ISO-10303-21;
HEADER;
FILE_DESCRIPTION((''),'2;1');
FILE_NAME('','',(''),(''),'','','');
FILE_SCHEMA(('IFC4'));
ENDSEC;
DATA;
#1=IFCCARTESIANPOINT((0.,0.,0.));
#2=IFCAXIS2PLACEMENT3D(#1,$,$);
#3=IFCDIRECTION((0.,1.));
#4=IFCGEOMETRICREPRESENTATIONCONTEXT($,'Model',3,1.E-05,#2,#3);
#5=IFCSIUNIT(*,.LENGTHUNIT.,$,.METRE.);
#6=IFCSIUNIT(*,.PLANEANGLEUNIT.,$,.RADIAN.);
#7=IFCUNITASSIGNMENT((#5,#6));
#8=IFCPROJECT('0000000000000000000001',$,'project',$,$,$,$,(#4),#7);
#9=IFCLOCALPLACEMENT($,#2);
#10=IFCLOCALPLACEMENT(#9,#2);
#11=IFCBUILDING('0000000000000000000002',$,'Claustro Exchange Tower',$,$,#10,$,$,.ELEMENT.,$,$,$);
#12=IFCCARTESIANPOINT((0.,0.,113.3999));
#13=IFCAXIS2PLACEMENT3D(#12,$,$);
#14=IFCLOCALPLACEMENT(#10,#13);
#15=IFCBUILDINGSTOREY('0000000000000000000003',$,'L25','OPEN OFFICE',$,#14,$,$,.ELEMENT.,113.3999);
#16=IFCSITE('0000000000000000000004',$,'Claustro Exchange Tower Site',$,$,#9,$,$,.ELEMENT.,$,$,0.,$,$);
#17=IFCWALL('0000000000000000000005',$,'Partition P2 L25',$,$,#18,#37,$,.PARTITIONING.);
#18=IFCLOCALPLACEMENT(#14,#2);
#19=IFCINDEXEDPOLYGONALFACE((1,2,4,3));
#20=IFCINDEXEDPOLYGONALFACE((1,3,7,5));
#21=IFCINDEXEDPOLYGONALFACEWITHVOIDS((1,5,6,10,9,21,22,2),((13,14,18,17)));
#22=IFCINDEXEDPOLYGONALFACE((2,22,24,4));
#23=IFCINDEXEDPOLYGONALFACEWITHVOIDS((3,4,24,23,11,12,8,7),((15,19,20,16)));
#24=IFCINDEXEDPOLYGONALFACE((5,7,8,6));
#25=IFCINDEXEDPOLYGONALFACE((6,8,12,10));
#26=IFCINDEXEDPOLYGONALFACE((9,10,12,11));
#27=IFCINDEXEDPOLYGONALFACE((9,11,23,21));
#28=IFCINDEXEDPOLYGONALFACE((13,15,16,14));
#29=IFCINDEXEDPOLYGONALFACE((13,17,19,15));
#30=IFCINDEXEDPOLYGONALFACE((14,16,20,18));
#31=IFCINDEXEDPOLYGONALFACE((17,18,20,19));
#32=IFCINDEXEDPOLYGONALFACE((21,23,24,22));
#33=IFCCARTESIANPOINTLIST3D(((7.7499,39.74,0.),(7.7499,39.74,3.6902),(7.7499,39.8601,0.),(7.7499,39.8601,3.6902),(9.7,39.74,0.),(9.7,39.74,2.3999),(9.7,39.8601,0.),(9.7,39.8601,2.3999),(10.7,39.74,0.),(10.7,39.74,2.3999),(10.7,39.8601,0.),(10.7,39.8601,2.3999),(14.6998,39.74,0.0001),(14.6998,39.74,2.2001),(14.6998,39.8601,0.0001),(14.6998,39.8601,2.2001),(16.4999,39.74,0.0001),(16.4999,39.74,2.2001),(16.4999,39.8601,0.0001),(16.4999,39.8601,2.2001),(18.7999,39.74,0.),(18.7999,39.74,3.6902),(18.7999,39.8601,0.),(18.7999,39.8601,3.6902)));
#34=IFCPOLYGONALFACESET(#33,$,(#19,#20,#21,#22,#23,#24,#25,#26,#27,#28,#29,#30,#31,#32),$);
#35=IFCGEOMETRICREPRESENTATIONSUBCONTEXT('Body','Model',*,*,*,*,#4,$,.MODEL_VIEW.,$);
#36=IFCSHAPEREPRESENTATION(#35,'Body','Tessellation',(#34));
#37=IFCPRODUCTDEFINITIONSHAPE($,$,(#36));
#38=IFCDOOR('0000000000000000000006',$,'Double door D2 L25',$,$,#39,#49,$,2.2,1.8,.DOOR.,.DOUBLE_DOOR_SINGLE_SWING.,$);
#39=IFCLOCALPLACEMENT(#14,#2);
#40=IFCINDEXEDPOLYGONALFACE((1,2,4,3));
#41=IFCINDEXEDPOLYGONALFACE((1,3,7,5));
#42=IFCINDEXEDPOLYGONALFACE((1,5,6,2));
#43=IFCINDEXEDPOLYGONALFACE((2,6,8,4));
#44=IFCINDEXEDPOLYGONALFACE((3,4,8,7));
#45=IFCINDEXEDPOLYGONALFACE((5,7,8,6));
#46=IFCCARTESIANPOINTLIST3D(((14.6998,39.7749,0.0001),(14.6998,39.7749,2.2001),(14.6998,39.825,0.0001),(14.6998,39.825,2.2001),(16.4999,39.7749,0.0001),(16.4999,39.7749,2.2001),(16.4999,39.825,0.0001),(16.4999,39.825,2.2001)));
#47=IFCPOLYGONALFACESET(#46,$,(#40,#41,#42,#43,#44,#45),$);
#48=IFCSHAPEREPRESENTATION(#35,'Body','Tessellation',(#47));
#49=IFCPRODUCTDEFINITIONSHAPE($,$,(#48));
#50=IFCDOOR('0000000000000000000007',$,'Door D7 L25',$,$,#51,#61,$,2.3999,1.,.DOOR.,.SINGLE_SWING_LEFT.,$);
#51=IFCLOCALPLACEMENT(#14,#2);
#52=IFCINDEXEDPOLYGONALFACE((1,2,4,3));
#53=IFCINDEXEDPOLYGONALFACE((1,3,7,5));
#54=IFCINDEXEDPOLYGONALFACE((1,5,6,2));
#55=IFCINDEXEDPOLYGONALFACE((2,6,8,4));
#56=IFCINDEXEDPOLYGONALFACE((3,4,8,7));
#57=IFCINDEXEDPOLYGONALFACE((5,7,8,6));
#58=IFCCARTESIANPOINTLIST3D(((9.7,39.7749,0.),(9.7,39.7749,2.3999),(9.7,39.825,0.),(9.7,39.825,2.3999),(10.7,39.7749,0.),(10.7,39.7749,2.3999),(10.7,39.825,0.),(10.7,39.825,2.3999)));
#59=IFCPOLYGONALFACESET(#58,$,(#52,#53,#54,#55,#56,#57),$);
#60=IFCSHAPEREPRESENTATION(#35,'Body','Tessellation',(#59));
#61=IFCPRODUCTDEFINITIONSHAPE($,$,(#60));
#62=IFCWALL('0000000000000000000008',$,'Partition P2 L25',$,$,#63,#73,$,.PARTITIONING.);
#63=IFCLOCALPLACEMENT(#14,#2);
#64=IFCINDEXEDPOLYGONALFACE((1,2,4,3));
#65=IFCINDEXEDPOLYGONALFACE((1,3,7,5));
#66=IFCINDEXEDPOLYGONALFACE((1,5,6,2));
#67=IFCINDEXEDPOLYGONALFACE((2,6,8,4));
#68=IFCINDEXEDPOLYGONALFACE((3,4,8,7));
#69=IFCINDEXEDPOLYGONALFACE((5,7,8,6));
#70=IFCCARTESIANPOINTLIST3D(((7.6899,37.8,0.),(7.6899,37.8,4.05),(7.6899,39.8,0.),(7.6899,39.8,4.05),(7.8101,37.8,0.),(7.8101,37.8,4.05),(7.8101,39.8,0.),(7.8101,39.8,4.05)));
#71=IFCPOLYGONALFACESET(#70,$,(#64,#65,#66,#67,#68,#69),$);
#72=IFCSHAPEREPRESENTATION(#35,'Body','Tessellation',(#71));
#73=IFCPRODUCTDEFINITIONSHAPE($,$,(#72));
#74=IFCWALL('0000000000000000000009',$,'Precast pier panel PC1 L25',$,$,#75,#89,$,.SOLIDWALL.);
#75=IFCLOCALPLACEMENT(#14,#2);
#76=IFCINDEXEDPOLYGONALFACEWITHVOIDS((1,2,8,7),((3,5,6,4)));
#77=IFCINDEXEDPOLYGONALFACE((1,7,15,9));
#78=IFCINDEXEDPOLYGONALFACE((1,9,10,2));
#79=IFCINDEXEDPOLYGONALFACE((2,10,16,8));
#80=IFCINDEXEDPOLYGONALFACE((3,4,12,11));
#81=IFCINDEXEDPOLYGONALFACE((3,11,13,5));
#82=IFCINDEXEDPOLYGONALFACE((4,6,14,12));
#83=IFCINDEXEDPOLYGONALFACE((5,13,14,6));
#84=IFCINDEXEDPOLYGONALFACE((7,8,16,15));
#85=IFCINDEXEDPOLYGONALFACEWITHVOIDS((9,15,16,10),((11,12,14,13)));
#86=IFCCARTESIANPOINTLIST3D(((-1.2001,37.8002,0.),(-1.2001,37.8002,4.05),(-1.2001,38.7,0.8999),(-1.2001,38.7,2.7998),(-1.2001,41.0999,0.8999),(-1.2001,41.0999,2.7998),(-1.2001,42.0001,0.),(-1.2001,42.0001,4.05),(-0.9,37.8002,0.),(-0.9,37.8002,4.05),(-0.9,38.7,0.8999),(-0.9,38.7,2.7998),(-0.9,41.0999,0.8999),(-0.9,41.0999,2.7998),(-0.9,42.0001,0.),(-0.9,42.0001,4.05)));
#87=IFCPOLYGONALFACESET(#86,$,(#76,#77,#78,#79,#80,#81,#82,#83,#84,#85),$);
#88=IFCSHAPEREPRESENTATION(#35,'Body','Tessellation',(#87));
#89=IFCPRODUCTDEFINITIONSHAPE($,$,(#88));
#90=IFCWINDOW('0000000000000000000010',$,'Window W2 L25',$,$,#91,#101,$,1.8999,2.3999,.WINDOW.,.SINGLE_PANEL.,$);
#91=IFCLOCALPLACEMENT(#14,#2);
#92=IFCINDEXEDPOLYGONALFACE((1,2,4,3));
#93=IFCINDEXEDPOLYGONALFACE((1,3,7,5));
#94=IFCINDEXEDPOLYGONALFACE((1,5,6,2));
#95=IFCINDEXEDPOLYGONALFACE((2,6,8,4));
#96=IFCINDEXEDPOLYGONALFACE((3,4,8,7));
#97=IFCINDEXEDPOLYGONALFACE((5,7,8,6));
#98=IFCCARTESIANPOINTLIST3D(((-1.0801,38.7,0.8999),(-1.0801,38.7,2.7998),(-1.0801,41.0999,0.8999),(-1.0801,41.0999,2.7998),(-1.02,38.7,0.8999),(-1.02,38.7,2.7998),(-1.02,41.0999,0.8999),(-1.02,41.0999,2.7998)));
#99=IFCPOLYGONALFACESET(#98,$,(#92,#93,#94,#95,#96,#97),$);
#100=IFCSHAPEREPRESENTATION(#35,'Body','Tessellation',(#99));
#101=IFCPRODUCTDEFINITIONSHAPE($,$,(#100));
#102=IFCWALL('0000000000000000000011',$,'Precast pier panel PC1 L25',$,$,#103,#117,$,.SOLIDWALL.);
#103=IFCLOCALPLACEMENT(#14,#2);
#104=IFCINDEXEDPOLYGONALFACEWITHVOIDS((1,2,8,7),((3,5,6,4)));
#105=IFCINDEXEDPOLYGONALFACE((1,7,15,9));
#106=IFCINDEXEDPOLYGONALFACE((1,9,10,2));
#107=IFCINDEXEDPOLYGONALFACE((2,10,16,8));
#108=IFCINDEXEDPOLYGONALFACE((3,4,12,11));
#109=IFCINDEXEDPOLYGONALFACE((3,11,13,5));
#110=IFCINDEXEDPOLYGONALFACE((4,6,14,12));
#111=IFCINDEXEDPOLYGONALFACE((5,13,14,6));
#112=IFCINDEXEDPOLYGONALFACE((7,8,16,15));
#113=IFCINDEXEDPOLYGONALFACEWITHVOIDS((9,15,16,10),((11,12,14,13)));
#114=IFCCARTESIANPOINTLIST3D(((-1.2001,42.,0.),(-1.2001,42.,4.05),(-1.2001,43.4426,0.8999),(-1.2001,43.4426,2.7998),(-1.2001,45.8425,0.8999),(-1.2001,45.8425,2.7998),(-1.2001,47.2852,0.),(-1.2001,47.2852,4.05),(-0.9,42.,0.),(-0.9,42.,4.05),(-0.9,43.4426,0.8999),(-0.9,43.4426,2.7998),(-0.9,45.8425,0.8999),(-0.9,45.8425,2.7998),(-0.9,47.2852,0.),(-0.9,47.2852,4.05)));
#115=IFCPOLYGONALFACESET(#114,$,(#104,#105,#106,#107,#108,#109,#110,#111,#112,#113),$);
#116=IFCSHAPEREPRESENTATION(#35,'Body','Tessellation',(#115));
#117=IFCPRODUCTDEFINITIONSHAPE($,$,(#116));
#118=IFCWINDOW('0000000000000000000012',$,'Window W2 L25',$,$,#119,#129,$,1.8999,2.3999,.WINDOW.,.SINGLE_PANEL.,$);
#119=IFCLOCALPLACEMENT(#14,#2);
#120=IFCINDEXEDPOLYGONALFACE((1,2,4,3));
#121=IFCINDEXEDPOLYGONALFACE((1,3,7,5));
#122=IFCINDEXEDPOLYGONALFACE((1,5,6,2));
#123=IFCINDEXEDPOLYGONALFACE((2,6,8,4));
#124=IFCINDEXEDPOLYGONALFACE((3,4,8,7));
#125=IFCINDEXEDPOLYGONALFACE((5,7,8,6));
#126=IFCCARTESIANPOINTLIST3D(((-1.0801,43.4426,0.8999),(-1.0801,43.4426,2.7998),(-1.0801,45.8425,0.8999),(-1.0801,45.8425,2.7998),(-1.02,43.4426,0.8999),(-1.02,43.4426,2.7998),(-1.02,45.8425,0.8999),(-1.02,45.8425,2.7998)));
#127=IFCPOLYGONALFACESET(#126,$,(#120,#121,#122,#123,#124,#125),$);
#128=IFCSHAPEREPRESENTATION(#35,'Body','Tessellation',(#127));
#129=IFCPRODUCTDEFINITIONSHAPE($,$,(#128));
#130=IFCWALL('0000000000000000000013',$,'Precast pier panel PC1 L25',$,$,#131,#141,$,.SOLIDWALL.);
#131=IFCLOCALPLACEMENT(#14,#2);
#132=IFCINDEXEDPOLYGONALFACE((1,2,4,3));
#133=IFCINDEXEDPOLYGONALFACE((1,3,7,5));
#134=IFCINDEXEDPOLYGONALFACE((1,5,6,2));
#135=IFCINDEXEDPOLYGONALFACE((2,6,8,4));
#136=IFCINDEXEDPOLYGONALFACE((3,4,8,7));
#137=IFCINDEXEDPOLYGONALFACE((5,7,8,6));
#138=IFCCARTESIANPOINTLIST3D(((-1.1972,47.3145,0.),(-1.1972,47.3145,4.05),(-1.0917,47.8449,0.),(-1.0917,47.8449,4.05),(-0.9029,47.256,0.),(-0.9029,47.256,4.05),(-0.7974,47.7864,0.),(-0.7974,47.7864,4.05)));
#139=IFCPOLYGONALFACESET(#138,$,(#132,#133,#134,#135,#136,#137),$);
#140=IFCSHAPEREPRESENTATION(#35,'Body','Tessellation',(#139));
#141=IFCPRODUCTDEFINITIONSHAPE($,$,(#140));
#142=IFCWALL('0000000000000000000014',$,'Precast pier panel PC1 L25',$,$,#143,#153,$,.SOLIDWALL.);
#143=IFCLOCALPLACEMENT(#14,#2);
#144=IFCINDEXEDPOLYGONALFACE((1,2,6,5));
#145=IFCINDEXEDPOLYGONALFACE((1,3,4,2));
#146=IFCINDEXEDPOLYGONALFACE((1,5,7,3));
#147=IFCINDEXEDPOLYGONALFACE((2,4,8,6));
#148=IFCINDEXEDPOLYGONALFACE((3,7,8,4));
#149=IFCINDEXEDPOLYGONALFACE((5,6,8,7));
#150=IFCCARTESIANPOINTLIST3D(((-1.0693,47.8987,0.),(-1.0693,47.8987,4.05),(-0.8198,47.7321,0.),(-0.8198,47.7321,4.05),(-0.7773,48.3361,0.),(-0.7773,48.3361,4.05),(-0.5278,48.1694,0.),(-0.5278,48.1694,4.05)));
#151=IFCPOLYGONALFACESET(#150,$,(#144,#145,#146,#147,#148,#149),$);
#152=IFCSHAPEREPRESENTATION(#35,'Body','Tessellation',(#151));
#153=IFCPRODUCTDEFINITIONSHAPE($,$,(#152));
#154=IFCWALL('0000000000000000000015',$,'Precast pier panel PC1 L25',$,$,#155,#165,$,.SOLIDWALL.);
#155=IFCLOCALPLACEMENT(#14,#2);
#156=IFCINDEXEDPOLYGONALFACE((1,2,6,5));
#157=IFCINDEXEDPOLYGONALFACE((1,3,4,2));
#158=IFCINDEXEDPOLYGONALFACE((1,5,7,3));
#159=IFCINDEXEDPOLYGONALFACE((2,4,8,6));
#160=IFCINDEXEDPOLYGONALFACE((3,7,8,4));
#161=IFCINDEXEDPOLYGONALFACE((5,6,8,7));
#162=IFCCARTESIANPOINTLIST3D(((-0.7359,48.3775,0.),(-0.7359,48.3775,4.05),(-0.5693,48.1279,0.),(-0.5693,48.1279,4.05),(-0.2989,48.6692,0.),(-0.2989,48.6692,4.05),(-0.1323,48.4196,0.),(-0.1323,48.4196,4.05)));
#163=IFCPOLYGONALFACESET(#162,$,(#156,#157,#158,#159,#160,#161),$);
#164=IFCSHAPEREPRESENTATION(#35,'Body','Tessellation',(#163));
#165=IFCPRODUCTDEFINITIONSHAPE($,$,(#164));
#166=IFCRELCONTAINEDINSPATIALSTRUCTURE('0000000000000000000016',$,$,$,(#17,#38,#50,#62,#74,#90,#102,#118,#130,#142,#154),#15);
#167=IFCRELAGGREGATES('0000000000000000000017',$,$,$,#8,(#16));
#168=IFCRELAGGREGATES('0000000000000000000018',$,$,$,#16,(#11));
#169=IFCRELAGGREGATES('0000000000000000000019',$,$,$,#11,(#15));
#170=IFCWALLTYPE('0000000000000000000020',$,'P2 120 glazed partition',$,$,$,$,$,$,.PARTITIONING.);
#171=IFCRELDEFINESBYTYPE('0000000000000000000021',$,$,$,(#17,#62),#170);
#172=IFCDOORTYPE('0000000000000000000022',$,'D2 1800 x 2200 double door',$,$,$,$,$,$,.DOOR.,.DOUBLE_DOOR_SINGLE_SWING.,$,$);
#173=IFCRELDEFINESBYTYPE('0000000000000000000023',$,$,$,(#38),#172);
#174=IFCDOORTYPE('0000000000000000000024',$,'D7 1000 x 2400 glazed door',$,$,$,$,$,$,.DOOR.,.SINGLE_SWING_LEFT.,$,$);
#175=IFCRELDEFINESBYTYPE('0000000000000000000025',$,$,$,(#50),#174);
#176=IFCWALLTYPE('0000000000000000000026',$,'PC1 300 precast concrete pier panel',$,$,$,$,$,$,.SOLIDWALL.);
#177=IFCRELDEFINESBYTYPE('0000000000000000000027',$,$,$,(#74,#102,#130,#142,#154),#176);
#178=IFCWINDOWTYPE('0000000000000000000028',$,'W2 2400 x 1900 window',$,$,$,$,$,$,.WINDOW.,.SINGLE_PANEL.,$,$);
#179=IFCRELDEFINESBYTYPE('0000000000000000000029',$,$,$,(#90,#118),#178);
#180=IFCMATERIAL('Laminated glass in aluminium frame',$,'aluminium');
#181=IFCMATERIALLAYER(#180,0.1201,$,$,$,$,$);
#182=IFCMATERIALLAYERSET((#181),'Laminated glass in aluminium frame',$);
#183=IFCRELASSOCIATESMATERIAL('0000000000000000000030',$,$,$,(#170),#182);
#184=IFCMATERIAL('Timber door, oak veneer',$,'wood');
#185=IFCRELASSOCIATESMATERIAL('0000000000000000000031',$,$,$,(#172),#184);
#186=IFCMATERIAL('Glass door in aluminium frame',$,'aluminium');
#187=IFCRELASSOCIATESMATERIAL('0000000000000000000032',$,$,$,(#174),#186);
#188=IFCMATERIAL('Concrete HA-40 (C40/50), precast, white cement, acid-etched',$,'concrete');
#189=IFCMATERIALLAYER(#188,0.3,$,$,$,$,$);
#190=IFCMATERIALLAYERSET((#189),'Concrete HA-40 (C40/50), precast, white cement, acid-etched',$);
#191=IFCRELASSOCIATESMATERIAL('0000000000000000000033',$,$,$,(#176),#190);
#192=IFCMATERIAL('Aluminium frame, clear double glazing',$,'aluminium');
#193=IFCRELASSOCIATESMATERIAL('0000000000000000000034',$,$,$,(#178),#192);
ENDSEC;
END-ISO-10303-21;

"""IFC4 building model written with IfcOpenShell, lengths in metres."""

from ifc_helpers import new_model, si_unit, direction, frame, frame_2d, origin, place, context, subcontext, project, spatial, rectangle, extrude, material, layer, layer_set, type_object, element, fill, save


model = new_model("IFC4")

# Units and contexts
model_context = context("Model", 3, precision=1e-05, world=origin(), true_north=direction((0.0, 1.0)))
body_context = subcontext(model_context, "Body", "Model", "MODEL_VIEW")
ifc_project = project(units=[si_unit("LENGTHUNIT", "METRE"), si_unit("PLANEANGLEUNIT", "RADIAN")], contexts=[model_context])

# Site, building, storey
site_placement = place(None, origin())
site = spatial("IfcSite", under=ifc_project, at=site_placement, Name="Claustro Exchange Tower Site", CompositionType="ELEMENT", RefElevation=0.0)
building_placement = place(site_placement, origin())
building = spatial("IfcBuilding", under=site, at=building_placement, Name="Claustro Exchange Tower", CompositionType="ELEMENT")
storey_placement = place(building_placement, frame((0.0, 0.0, 113.3999)))
storey = spatial("IfcBuildingStorey", under=building, at=storey_placement, Name="L25", Description="OPEN OFFICE", CompositionType="ELEMENT", Elevation=113.3999)

# Shared definitions
ifc_material_1 = material(Name="Laminated glass in aluminium frame", Category="aluminium")
ifc_layer_1 = layer(ifc_material_1, 0.1201)
ifc_layer_set_1 = layer_set([ifc_layer_1], Name="Laminated glass in aluminium frame")
wall_type_1 = type_object("IfcWallType", Name="P2 120 glazed partition", PredefinedType="PARTITIONING", material=ifc_layer_set_1)
ifc_material_2 = material(Name="Timber door, oak veneer", Category="wood")
door_type_1 = type_object("IfcDoorType", Name="D2 1800 x 2200 double door", OperationType="DOUBLE_DOOR_SINGLE_SWING", PredefinedType="DOOR", material=ifc_material_2)

# Wall, openings, doors
wall_1_placement = place(storey_placement, frame((7.75, 39.8, 0.0), z_axis=(0.0, 0.0, 1.0), x_axis=(1.0, 0.0, 0.0)))
wall_1 = element("IfcWall", 1, at=wall_1_placement, inside=storey, type_object=wall_type_1, Name="Partition P2 L25", PredefinedType="PARTITIONING", context=body_context, shape_type="SweptSolid", body=[
    extrude(rectangle(XDim=11.05, YDim=0.1201, at=frame_2d((5.5249, 0.0))), origin(), (0.0, 0.0, 1.0), 3.6902),
])
opening_1_placement = place(wall_1_placement, frame((1.95, 0.0, 0.0)))
opening_1 = element("IfcOpeningElement", 2, at=opening_1_placement, cuts=wall_1, PredefinedType="OPENING", context=body_context, shape_type="SweptSolid", body=[
    extrude(rectangle(XDim=1.0, YDim=2.3999, at=frame_2d((0.5, 1.2))), frame((0.0, 0.0701, 0.0), z_axis=(0.0, -1.0, 0.0), x_axis=(1.0, 0.0, 0.0)), (0.0, 0.0, 1.0), 0.1401),
])
opening_2_placement = place(wall_1_placement, frame((6.95, 0.0, 0.0)))
opening_2 = element("IfcOpeningElement", 3, at=opening_2_placement, cuts=wall_1, PredefinedType="OPENING", context=body_context, shape_type="SweptSolid", body=[
    extrude(rectangle(XDim=1.8, YDim=2.2, at=frame_2d((0.8999, 1.1001))), frame((0.0, 0.0701, 0.0), z_axis=(0.0, -1.0, 0.0), x_axis=(1.0, 0.0, 0.0)), (0.0, 0.0, 1.0), 0.1401),
])
door_1_placement = place(opening_2_placement, origin())
door_1 = element("IfcDoor", 4, at=door_1_placement, inside=storey, type_object=door_type_1, Name="Double door D2 L25", OperationType="DOUBLE_DOOR_SINGLE_SWING", OverallHeight=2.2, OverallWidth=1.8, PredefinedType="DOOR", context=body_context, shape_type="SweptSolid", body=[
    extrude(rectangle(XDim=1.8, YDim=2.2, at=frame_2d((0.8999, 1.1001))), frame((0.0, 0.0249, 0.0), z_axis=(0.0, -1.0, 0.0), x_axis=(1.0, 0.0, 0.0)), (0.0, 0.0, 1.0), 0.05),
])
fill(opening_2, door_1)
ifc_material_3 = material(Name="Glass door in aluminium frame", Category="aluminium")
door_type_2 = type_object("IfcDoorType", Name="D7 1000 x 2400 glazed door", OperationType="SINGLE_SWING_LEFT", PredefinedType="DOOR", material=ifc_material_3)
door_2_placement = place(opening_1_placement, origin())
door_2 = element("IfcDoor", 5, at=door_2_placement, inside=storey, type_object=door_type_2, Name="Door D7 L25", OperationType="SINGLE_SWING_LEFT", OverallHeight=2.3999, OverallWidth=1.0, PredefinedType="DOOR", context=body_context, shape_type="SweptSolid", body=[
    extrude(rectangle(XDim=1.0, YDim=2.3999, at=frame_2d((0.5, 1.2))), frame((0.0, 0.0249, 0.0), z_axis=(0.0, -1.0, 0.0), x_axis=(1.0, 0.0, 0.0)), (0.0, 0.0, 1.0), 0.05),
])
fill(opening_1, door_2)

# Wall
wall_2_placement = place(storey_placement, frame((7.75, 37.8, 0.0), z_axis=(0.0, 0.0, 1.0), x_axis=(0.0, 1.0, 0.0)))
element("IfcWall", 6, at=wall_2_placement, inside=storey, type_object=wall_type_1, Name="Partition P2 L25", PredefinedType="PARTITIONING", context=body_context, shape_type="SweptSolid", body=[
    extrude(rectangle(XDim=2.0, YDim=0.1201, at=frame_2d((1.0, 0.0))), origin(), (0.0, 0.0, 1.0), 4.05),
])

# Walls, openings, windows
ifc_material_4 = material(Name="Concrete HA-40 (C40/50), precast, white cement, acid-etched", Category="concrete")
ifc_layer_2 = layer(ifc_material_4, 0.3)
ifc_layer_set_2 = layer_set([ifc_layer_2], Name="Concrete HA-40 (C40/50), precast, white cement, acid-etched")
wall_type_2 = type_object("IfcWallType", Name="PC1 300 precast concrete pier panel", PredefinedType="SOLIDWALL", material=ifc_layer_set_2)
wall_3_placement = place(storey_placement, frame((-1.05, 37.8, 0.0), z_axis=(0.0, 0.0, 1.0), x_axis=(0.0, 1.0, 0.0)))
wall_3 = element("IfcWall", 7, at=wall_3_placement, inside=storey, type_object=wall_type_2, Name="Precast pier panel PC1 L25", PredefinedType="SOLIDWALL", context=body_context, shape_type="SweptSolid", body=[
    extrude(rectangle(XDim=4.2, YDim=0.3, at=frame_2d((2.1001, 0.0))), origin(), (0.0, 0.0, 1.0), 4.05),
])
opening_3_placement = place(wall_3_placement, frame((0.8999, 0.0, 0.8999)))
opening_3 = element("IfcOpeningElement", 8, at=opening_3_placement, cuts=wall_3, PredefinedType="OPENING", context=body_context, shape_type="SweptSolid", body=[
    extrude(rectangle(XDim=2.3999, YDim=1.8999, at=frame_2d((1.2, 0.95))), frame((0.0, 0.1599, 0.0), z_axis=(0.0, -1.0, 0.0), x_axis=(1.0, 0.0, 0.0)), (0.0, 0.0, 1.0), 0.3201),
])
ifc_material_5 = material(Name="Aluminium frame, clear double glazing", Category="aluminium")
window_type_1 = type_object("IfcWindowType", Name="W2 2400 x 1900 window", PartitioningType="SINGLE_PANEL", PredefinedType="WINDOW", material=ifc_material_5)
window_1_placement = place(opening_3_placement, origin())
window_1 = element("IfcWindow", 9, at=window_1_placement, inside=storey, type_object=window_type_1, Name="Window W2 L25", OverallHeight=1.8999, OverallWidth=2.3999, PartitioningType="SINGLE_PANEL", PredefinedType="WINDOW", context=body_context, shape_type="SweptSolid", body=[
    extrude(rectangle(XDim=2.3999, YDim=1.8999, at=frame_2d((1.2, 0.95))), frame((0.0, 0.03, 0.0), z_axis=(0.0, -1.0, 0.0), x_axis=(1.0, 0.0, 0.0)), (0.0, 0.0, 1.0), 0.0601),
])
fill(opening_3, window_1)
wall_4_placement = place(storey_placement, frame((-1.05, 42.0, 0.0), z_axis=(0.0, 0.0, 1.0), x_axis=(0.0, 1.0, 0.0)))
wall_4 = element("IfcWall", 10, at=wall_4_placement, inside=storey, type_object=wall_type_2, Name="Precast pier panel PC1 L25", PredefinedType="SOLIDWALL", context=body_context, shape_type="SweptSolid", body=[
    extrude(rectangle(XDim=5.2852, YDim=0.3, at=frame_2d((2.6426, 0.0))), origin(), (0.0, 0.0, 1.0), 4.05),
])
opening_4_placement = place(wall_4_placement, frame((1.4426, 0.0, 0.8999)))
opening_4 = element("IfcOpeningElement", 11, at=opening_4_placement, cuts=wall_4, PredefinedType="OPENING", context=body_context, shape_type="SweptSolid", body=[
    extrude(rectangle(XDim=2.3999, YDim=1.8999, at=frame_2d((1.2, 0.95))), frame((0.0, 0.1599, 0.0), z_axis=(0.0, -1.0, 0.0), x_axis=(1.0, 0.0, 0.0)), (0.0, 0.0, 1.0), 0.3201),
])
window_2_placement = place(opening_4_placement, origin())
window_2 = element("IfcWindow", 12, at=window_2_placement, inside=storey, type_object=window_type_1, Name="Window W2 L25", OverallHeight=1.8999, OverallWidth=2.3999, PartitioningType="SINGLE_PANEL", PredefinedType="WINDOW", context=body_context, shape_type="SweptSolid", body=[
    extrude(rectangle(XDim=2.3999, YDim=1.8999, at=frame_2d((1.2, 0.95))), frame((0.0, 0.03, 0.0), z_axis=(0.0, -1.0, 0.0), x_axis=(1.0, 0.0, 0.0)), (0.0, 0.0, 1.0), 0.0601),
])
fill(opening_4, window_2)

# Walls
wall_5_placement = place(storey_placement, frame((-1.05, 47.2852, 0.0), z_axis=(0.0, 0.0, 1.0), x_axis=(0.195074, 0.980789, 0.0)))
element("IfcWall", 13, at=wall_5_placement, inside=storey, type_object=wall_type_2, Name="Precast pier panel PC1 L25", PredefinedType="SOLIDWALL", context=body_context, shape_type="SweptSolid", body=[
    extrude(rectangle(XDim=0.5408, YDim=0.3, at=frame_2d((0.2705, 0.0))), origin(), (0.0, 0.0, 1.0), 4.05),
])
wall_6_placement = place(storey_placement, frame((-0.9446, 47.8154, 0.0), z_axis=(0.0, 0.0, 1.0), x_axis=(0.555343, 0.831621, 0.0)))
element("IfcWall", 14, at=wall_6_placement, inside=storey, type_object=wall_type_2, Name="Precast pier panel PC1 L25", PredefinedType="SOLIDWALL", context=body_context, shape_type="SweptSolid", body=[
    extrude(rectangle(XDim=0.5259, YDim=0.3, at=frame_2d((0.2629, 0.0))), origin(), (0.0, 0.0, 1.0), 4.05),
])
wall_7_placement = place(storey_placement, frame((-0.6526, 48.2527, 0.0), z_axis=(0.0, 0.0, 1.0), x_axis=(0.831693, 0.555236, 0.0)))
element("IfcWall", 15, at=wall_7_placement, inside=storey, type_object=wall_type_2, Name="Precast pier panel PC1 L25", PredefinedType="SOLIDWALL", context=body_context, shape_type="SweptSolid", body=[
    extrude(rectangle(XDim=0.5254, YDim=0.3, at=frame_2d((0.2627, 0.0))), origin(), (0.0, 0.0, 1.0), 4.05),
])

save(model, "model.ifc")
